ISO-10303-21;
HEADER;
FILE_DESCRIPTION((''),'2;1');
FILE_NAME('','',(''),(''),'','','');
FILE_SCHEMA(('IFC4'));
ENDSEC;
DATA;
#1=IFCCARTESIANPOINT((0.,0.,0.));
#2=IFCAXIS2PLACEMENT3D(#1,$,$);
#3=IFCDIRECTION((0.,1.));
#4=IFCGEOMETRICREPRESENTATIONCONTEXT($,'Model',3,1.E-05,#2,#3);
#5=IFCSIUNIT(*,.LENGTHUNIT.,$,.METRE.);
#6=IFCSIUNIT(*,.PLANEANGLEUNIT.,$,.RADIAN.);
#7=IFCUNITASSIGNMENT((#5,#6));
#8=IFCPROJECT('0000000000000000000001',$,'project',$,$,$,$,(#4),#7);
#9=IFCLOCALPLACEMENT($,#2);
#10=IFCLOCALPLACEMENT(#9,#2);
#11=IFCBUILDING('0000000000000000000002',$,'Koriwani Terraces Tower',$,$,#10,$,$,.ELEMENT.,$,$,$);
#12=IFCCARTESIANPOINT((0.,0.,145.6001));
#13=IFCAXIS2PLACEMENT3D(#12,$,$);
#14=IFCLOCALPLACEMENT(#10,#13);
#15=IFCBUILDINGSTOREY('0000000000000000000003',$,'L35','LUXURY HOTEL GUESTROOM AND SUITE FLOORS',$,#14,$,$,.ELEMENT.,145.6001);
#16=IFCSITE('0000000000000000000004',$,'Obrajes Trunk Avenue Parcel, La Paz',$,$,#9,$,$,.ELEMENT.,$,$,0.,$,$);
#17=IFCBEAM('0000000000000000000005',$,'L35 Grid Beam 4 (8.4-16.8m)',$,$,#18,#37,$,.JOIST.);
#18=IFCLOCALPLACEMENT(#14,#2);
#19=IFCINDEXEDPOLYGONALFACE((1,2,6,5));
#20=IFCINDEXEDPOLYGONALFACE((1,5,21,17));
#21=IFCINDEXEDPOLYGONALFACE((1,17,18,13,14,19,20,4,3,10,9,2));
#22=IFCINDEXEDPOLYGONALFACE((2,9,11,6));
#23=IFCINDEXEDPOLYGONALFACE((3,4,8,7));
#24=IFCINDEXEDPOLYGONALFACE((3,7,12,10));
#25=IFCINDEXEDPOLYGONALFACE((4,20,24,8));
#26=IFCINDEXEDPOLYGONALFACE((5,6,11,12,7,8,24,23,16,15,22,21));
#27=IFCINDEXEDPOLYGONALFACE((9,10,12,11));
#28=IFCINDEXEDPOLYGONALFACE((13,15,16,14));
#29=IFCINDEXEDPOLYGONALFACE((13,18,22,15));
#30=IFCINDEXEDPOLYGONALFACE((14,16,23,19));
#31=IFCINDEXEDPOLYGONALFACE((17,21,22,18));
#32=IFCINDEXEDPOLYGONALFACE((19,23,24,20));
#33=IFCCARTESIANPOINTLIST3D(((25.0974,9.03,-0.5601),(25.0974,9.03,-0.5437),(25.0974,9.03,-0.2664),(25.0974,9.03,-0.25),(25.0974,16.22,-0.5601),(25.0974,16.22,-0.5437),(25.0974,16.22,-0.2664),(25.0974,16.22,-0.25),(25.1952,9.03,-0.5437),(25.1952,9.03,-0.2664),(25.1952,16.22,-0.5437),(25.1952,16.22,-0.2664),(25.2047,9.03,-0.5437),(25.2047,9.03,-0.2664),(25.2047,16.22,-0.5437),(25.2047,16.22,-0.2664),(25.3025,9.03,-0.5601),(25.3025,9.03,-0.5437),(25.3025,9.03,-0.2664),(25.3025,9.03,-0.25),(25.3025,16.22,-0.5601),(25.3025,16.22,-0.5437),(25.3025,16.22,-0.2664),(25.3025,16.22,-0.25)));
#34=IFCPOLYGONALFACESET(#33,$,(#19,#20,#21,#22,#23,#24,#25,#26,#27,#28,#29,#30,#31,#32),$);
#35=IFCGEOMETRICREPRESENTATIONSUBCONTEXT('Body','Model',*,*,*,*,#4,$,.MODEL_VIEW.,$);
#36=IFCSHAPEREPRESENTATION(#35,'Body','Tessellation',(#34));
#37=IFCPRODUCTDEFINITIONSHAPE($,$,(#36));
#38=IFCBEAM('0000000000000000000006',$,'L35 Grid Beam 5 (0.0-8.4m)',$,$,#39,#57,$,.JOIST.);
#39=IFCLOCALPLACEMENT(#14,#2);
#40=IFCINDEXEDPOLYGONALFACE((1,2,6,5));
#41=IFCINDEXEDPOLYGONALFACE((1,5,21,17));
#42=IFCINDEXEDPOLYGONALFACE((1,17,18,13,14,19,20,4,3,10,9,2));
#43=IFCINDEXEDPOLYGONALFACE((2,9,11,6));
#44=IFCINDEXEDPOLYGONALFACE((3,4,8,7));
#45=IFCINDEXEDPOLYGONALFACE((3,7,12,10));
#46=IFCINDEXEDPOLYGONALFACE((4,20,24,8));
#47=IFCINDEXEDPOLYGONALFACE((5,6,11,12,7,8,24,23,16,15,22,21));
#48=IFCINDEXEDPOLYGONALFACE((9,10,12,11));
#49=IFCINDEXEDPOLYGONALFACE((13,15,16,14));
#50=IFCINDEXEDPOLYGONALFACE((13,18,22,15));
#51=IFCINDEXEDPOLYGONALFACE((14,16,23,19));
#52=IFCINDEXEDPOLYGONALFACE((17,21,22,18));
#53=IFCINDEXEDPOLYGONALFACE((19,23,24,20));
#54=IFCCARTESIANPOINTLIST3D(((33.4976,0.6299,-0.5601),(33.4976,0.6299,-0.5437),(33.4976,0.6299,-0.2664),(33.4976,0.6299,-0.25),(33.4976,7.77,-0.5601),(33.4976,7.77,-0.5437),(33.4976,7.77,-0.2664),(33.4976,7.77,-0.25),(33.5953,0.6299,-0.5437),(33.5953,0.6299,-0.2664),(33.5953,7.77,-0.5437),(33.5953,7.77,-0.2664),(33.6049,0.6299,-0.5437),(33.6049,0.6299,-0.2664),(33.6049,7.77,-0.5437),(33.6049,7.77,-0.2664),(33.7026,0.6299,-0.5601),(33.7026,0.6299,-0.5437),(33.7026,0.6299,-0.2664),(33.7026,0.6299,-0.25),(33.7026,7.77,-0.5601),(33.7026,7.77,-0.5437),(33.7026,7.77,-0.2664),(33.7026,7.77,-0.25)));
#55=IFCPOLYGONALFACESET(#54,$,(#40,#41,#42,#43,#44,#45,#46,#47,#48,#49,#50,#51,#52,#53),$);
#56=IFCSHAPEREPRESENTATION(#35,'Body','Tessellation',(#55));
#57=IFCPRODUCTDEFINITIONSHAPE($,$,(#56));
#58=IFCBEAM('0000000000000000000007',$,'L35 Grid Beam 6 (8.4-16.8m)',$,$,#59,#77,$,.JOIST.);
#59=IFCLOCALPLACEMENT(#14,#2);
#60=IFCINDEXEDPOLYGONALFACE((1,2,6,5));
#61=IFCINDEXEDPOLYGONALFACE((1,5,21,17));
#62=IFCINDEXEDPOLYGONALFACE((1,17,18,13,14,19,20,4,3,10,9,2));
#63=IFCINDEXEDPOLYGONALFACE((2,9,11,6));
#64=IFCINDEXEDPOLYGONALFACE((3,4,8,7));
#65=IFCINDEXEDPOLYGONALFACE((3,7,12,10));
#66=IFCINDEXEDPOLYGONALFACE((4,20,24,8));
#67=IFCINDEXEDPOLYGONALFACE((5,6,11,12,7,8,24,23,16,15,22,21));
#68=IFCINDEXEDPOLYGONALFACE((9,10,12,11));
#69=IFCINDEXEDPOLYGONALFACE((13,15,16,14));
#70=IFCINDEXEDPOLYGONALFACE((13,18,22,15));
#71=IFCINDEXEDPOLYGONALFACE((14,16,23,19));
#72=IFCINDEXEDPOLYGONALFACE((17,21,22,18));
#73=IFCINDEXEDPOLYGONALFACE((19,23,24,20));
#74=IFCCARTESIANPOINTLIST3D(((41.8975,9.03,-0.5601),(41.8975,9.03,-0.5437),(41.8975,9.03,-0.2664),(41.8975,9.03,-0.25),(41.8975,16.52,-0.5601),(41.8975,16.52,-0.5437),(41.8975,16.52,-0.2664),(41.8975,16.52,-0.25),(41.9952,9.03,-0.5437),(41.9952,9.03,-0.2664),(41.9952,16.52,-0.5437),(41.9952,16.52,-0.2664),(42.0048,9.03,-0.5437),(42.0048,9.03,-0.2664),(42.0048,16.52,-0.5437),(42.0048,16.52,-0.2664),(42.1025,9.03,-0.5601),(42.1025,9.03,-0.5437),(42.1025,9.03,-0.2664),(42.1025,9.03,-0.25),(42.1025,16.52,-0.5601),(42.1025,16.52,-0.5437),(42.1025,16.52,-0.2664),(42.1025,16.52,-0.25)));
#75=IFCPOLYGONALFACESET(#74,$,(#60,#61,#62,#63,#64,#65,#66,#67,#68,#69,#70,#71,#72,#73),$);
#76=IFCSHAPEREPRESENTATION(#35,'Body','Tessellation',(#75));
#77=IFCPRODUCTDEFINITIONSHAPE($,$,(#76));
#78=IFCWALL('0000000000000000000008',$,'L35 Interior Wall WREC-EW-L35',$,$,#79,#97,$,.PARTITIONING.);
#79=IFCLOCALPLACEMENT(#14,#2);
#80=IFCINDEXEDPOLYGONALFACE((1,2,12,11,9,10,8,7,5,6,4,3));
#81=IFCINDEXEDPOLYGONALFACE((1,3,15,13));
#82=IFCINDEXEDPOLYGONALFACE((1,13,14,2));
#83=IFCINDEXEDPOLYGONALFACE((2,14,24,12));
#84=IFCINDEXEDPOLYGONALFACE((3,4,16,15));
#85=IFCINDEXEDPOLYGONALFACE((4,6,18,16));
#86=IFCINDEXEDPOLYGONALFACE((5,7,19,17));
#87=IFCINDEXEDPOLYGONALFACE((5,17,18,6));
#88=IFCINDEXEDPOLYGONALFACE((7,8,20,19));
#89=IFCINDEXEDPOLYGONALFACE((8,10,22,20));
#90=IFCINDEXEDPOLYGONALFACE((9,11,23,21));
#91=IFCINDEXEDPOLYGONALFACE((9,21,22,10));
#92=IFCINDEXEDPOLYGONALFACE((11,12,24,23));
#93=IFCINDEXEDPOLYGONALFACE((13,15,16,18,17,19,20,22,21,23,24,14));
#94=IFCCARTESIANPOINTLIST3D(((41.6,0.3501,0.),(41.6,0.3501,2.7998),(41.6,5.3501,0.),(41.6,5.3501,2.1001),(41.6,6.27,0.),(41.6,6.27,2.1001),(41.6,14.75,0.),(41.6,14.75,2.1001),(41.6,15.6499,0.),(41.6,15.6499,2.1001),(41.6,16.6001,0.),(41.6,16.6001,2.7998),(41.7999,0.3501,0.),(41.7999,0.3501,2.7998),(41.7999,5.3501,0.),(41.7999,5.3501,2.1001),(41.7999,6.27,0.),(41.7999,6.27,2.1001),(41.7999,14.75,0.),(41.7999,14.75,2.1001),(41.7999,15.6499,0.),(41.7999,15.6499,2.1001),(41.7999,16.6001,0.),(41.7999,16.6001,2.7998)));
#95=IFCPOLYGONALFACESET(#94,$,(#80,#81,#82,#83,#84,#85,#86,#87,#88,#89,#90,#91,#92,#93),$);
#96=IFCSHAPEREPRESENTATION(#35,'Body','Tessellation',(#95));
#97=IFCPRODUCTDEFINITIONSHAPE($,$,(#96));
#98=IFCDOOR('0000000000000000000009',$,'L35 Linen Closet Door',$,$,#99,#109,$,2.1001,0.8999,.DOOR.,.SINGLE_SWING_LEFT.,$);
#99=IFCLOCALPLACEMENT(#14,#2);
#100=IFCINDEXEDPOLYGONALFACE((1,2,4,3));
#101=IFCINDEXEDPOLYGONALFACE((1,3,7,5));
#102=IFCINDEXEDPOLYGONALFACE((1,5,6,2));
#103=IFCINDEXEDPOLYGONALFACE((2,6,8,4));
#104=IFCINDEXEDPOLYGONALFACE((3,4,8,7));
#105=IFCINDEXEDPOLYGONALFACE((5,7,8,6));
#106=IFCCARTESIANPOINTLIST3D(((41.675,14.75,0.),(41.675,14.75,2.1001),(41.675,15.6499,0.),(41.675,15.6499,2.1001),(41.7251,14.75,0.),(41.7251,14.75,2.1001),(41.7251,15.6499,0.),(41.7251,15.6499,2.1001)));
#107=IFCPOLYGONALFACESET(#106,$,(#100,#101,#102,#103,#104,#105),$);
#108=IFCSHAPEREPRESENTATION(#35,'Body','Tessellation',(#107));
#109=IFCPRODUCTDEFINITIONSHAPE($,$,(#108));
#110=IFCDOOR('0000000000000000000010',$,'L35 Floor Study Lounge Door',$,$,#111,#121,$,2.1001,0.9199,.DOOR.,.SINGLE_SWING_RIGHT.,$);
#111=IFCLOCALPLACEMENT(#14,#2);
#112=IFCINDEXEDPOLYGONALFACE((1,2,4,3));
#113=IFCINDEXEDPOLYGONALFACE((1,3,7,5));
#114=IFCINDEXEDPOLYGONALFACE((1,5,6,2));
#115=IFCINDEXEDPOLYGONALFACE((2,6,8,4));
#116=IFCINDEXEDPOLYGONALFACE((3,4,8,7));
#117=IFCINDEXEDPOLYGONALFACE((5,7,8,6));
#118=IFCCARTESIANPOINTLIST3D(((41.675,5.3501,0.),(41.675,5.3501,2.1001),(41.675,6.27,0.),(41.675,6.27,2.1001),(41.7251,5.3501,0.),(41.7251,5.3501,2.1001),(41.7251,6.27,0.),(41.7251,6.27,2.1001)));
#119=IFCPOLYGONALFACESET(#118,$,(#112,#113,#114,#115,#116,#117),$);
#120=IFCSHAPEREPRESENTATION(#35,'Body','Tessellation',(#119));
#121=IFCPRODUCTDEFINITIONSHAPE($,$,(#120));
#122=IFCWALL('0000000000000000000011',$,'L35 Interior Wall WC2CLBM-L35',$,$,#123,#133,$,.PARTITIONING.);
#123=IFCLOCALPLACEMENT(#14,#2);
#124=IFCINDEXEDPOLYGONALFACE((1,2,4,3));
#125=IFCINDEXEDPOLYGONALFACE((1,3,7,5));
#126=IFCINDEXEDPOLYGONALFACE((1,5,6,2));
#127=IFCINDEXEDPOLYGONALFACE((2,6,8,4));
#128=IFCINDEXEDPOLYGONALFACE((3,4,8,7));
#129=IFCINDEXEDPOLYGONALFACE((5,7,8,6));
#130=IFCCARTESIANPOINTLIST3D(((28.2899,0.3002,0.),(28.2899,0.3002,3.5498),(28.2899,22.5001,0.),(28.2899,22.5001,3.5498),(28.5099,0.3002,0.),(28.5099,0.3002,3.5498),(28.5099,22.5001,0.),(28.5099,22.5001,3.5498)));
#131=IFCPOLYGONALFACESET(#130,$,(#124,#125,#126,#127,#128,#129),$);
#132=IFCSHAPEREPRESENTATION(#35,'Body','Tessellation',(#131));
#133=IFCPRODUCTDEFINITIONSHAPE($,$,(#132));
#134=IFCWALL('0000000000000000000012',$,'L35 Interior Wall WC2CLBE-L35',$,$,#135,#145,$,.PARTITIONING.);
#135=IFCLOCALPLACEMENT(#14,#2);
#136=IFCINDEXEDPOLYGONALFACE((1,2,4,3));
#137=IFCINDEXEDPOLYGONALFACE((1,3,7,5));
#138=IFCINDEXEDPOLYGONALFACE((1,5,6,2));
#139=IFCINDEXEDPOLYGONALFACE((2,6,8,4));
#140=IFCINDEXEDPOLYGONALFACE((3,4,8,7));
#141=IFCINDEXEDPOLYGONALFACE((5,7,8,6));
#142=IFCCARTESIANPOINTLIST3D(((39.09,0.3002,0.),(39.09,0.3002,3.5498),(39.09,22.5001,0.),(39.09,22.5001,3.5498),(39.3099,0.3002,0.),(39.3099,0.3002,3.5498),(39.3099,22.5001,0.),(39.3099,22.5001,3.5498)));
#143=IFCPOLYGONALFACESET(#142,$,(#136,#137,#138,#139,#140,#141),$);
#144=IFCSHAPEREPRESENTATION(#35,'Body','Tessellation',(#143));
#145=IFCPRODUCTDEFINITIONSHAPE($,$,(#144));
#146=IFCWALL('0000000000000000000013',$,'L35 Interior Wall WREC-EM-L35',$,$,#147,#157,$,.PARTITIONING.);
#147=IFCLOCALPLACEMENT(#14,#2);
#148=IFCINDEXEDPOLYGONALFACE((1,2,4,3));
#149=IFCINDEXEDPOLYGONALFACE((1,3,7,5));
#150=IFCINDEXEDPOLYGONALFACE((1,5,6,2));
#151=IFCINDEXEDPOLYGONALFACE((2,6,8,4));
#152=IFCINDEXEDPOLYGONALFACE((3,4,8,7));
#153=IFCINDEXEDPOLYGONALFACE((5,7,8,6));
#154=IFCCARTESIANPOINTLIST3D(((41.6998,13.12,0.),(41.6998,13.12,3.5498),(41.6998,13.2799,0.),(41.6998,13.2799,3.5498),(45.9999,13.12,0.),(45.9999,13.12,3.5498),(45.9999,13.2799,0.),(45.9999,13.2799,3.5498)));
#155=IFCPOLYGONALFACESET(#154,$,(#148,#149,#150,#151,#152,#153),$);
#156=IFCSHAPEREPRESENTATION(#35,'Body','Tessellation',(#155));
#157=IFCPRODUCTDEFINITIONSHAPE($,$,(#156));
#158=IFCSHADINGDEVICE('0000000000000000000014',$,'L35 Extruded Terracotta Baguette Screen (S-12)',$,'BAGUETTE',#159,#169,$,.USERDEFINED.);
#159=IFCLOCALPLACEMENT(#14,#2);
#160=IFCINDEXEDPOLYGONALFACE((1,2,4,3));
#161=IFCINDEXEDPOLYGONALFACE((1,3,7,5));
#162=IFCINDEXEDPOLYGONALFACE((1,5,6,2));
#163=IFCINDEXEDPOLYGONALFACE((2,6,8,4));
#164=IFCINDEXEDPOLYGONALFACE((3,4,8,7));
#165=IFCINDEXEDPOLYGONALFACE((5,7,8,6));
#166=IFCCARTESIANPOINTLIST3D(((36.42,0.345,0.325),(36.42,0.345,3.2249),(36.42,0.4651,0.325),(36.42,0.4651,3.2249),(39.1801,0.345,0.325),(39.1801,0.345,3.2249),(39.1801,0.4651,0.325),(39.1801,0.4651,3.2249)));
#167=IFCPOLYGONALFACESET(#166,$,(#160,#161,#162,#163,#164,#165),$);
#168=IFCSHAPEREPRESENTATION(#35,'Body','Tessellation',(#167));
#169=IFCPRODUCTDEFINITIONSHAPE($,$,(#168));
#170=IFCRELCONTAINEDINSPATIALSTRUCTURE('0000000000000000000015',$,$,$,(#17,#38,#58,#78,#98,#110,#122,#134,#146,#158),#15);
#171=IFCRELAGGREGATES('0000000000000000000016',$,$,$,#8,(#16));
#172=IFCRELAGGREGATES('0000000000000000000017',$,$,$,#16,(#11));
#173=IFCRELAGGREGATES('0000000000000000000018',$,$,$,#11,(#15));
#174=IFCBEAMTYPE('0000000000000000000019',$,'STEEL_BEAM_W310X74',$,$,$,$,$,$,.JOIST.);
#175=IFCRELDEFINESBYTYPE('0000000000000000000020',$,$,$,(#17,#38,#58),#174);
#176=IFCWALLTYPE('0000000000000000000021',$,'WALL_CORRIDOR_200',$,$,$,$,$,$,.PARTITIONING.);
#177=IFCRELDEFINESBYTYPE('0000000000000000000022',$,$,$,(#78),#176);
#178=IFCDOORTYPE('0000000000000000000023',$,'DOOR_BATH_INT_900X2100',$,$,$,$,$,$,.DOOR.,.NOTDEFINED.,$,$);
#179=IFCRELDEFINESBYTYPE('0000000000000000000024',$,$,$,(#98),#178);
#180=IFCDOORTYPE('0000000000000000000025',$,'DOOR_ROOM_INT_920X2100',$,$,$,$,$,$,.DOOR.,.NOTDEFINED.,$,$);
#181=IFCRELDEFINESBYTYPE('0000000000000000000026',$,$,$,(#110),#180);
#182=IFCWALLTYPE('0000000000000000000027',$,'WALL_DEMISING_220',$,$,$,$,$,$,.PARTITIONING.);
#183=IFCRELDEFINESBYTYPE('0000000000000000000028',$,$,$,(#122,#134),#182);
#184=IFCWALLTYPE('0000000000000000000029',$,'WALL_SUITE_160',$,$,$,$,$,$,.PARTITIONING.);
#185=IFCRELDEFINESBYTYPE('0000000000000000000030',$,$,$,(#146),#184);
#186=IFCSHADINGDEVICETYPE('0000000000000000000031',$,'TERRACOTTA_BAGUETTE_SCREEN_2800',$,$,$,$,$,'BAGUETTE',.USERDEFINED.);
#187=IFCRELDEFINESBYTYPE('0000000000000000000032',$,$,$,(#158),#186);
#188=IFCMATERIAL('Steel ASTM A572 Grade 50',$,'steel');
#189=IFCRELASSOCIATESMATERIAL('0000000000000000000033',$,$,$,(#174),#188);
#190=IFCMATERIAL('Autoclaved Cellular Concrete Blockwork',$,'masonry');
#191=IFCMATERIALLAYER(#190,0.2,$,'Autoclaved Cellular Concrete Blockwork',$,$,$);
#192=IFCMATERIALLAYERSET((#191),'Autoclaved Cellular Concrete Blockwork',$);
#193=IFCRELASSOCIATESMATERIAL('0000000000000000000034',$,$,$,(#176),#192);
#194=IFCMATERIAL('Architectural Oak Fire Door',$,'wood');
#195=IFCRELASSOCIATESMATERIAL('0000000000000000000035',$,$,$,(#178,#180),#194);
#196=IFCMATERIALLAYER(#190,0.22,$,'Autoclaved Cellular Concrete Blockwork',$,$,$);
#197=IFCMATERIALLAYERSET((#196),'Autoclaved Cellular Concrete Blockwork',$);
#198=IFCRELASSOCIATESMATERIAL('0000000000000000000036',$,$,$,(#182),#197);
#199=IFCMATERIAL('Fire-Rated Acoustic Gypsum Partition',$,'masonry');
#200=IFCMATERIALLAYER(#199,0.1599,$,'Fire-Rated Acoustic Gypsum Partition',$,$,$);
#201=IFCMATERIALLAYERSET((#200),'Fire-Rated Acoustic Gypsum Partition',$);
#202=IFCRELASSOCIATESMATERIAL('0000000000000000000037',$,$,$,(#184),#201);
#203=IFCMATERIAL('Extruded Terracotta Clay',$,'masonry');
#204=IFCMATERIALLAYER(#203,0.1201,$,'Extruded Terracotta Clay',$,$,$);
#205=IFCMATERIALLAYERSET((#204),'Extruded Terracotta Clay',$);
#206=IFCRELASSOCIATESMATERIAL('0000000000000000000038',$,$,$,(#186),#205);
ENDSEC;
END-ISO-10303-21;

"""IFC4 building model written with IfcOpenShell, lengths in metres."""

from ifc_helpers import new_model, si_unit, direction, frame, frame_2d, origin, origin_2d, place, context, subcontext, project, spatial, rectangle, i_section, extrude, material, layer, layer_set, material_profile, profile_set, type_object, element, fill, save


model = new_model("IFC4")

# Units and contexts
model_context = context("Model", 3, precision=1e-05, world=origin(), true_north=direction((0.0, 1.0)))
body_context = subcontext(model_context, "Body", "Model", "MODEL_VIEW")
ifc_project = project(units=[si_unit("LENGTHUNIT", "METRE"), si_unit("PLANEANGLEUNIT", "RADIAN")], contexts=[model_context])

# Site, building, storey
site_placement = place(None, origin())
site = spatial("IfcSite", under=ifc_project, at=site_placement, Name="Obrajes Trunk Avenue Parcel, La Paz", CompositionType="ELEMENT", RefElevation=0.0)
building_placement = place(site_placement, origin())
building = spatial("IfcBuilding", under=site, at=building_placement, Name="Koriwani Terraces Tower", CompositionType="ELEMENT")
storey_placement = place(building_placement, frame((0.0, 0.0, 145.6001)))
storey = spatial("IfcBuildingStorey", under=building, at=storey_placement, Name="L35", Description="LUXURY HOTEL GUESTROOM AND SUITE FLOORS", CompositionType="ELEMENT", Elevation=145.6001)

# Beams
ifc_material_1 = material(Name="Steel ASTM A572 Grade 50", Category="steel")
ifc_material_profile_1 = material_profile(ifc_material_1, i_section(OverallWidth=0.2051, OverallDepth=0.3101, WebThickness=0.0095, FlangeThickness=0.0164, at=origin_2d()), Name="Steel ASTM A572 Grade 50", Category="LoadBearing")
ifc_profile_set_1 = profile_set([ifc_material_profile_1], Name="Steel ASTM A572 Grade 50")
beam_type_1 = type_object("IfcBeamType", Name="STEEL_BEAM_W310X74", PredefinedType="JOIST", material=ifc_profile_set_1)
beam_1_placement = place(storey_placement, frame((25.2, 9.03, -0.405), z_axis=(0.0, 1.0, 0.0), x_axis=(-1.0, 0.0, 0.0)))
element("IfcBeam", 1, at=beam_1_placement, inside=storey, type_object=beam_type_1, Name="L35 Grid Beam 4 (8.4-16.8m)", PredefinedType="JOIST", context=body_context, shape_type="SweptSolid", body=[
    extrude(i_section(OverallWidth=0.2051, OverallDepth=0.3101, WebThickness=0.0095, FlangeThickness=0.0164, at=origin_2d()), origin(), (0.0, 0.0, 1.0), 7.1899),
])
beam_2_placement = place(storey_placement, frame((33.6001, 0.6299, -0.405), z_axis=(0.0, 1.0, 0.0), x_axis=(-1.0, 0.0, 0.0)))
element("IfcBeam", 2, at=beam_2_placement, inside=storey, type_object=beam_type_1, Name="L35 Grid Beam 5 (0.0-8.4m)", PredefinedType="JOIST", context=body_context, shape_type="SweptSolid", body=[
    extrude(i_section(OverallWidth=0.2051, OverallDepth=0.3101, WebThickness=0.0095, FlangeThickness=0.0164, at=origin_2d()), origin(), (0.0, 0.0, 1.0), 7.1401),
])
beam_3_placement = place(storey_placement, frame((42.0, 9.03, -0.405), z_axis=(0.0, 1.0, 0.0), x_axis=(-1.0, 0.0, 0.0)))
element("IfcBeam", 3, at=beam_3_placement, inside=storey, type_object=beam_type_1, Name="L35 Grid Beam 6 (8.4-16.8m)", PredefinedType="JOIST", context=body_context, shape_type="SweptSolid", body=[
    extrude(i_section(OverallWidth=0.2051, OverallDepth=0.3101, WebThickness=0.0095, FlangeThickness=0.0164, at=origin_2d()), origin(), (0.0, 0.0, 1.0), 7.49),
])

# Wall, openings, doors
ifc_material_2 = material(Name="Autoclaved Cellular Concrete Blockwork", Category="masonry")
ifc_layer_1 = layer(ifc_material_2, 0.2, Name="Autoclaved Cellular Concrete Blockwork")
ifc_layer_set_1 = layer_set([ifc_layer_1], Name="Autoclaved Cellular Concrete Blockwork")
wall_type_1 = type_object("IfcWallType", Name="WALL_CORRIDOR_200", PredefinedType="PARTITIONING", material=ifc_layer_set_1)
wall_1_placement = place(storey_placement, frame((41.7, 0.3501, 0.0), z_axis=(0.0, 0.0, 1.0), x_axis=(0.0, 1.0, 0.0)))
wall_1 = element("IfcWall", 4, at=wall_1_placement, inside=storey, type_object=wall_type_1, Name="L35 Interior Wall WREC-EW-L35", PredefinedType="PARTITIONING", context=body_context, shape_type="SweptSolid", body=[
    extrude(rectangle(XDim=16.25, YDim=0.2, at=frame_2d((8.125, 0.0))), origin(), (0.0, 0.0, 1.0), 2.7998),
])
opening_1_placement = place(wall_1_placement, frame((5.0, 0.0, 0.0)))
opening_1 = element("IfcOpeningElement", 5, at=opening_1_placement, cuts=wall_1, PredefinedType="OPENING", context=body_context, shape_type="SweptSolid", body=[
    extrude(rectangle(XDim=0.9199, YDim=2.1001, at=frame_2d((0.46, 1.05))), frame((0.0, 0.1099, 0.0), z_axis=(0.0, -1.0, 0.0), x_axis=(1.0, 0.0, 0.0)), (0.0, 0.0, 1.0), 0.22),
])
opening_2_placement = place(wall_1_placement, frame((14.3999, 0.0, 0.0)))
opening_2 = element("IfcOpeningElement", 6, at=opening_2_placement, cuts=wall_1, PredefinedType="OPENING", context=body_context, shape_type="SweptSolid", body=[
    extrude(rectangle(XDim=0.8999, YDim=2.1001, at=frame_2d((0.45, 1.05))), frame((0.0, 0.1099, 0.0), z_axis=(0.0, -1.0, 0.0), x_axis=(1.0, 0.0, 0.0)), (0.0, 0.0, 1.0), 0.22),
])
ifc_material_3 = material(Name="Architectural Oak Fire Door", Category="wood")
door_type_1 = type_object("IfcDoorType", Name="DOOR_BATH_INT_900X2100", OperationType="NOTDEFINED", PredefinedType="DOOR", material=ifc_material_3)
door_1_placement = place(opening_2_placement, origin())
door_1 = element("IfcDoor", 7, at=door_1_placement, inside=storey, type_object=door_type_1, Name="L35 Linen Closet Door", OperationType="SINGLE_SWING_LEFT", OverallHeight=2.1001, OverallWidth=0.8999, PredefinedType="DOOR", context=body_context, shape_type="SweptSolid", body=[
    extrude(rectangle(XDim=0.8999, YDim=2.1001, at=frame_2d((0.45, 1.05))), frame((0.0, 0.0249, 0.0), z_axis=(0.0, -1.0, 0.0), x_axis=(1.0, 0.0, 0.0)), (0.0, 0.0, 1.0), 0.05),
])
fill(opening_2, door_1)
door_type_2 = type_object("IfcDoorType", Name="DOOR_ROOM_INT_920X2100", OperationType="NOTDEFINED", PredefinedType="DOOR", material=ifc_material_3)
door_2_placement = place(opening_1_placement, origin())
door_2 = element("IfcDoor", 8, at=door_2_placement, inside=storey, type_object=door_type_2, Name="L35 Floor Study Lounge Door", OperationType="SINGLE_SWING_RIGHT", OverallHeight=2.1001, OverallWidth=0.9199, PredefinedType="DOOR", context=body_context, shape_type="SweptSolid", body=[
    extrude(rectangle(XDim=0.9199, YDim=2.1001, at=frame_2d((0.46, 1.05))), frame((0.0, 0.0249, 0.0), z_axis=(0.0, -1.0, 0.0), x_axis=(1.0, 0.0, 0.0)), (0.0, 0.0, 1.0), 0.05),
])
fill(opening_1, door_2)

# Walls
ifc_layer_2 = layer(ifc_material_2, 0.22, Name="Autoclaved Cellular Concrete Blockwork")
ifc_layer_set_2 = layer_set([ifc_layer_2], Name="Autoclaved Cellular Concrete Blockwork")
wall_type_2 = type_object("IfcWallType", Name="WALL_DEMISING_220", PredefinedType="PARTITIONING", material=ifc_layer_set_2)
for number, where, z_axis, x_axis, name in (
    (9, (28.3999, 0.3, 0.0), (0.0, 0.0, 1.0), (0.0, 1.0, 0.0), "L35 Interior Wall WC2CLBM-L35"),
    (10, (39.2, 0.3, 0.0), (0.0, 0.0, 1.0), (0.0, 1.0, 0.0), "L35 Interior Wall WC2CLBE-L35"),
):
    element("IfcWall", number, at=place(storey_placement, frame(where, z_axis=z_axis, x_axis=x_axis)), inside=storey, type_object=wall_type_2, Name=name, PredefinedType="PARTITIONING", context=body_context, shape_type="SweptSolid", body=[
        extrude(rectangle(XDim=22.2, YDim=0.22, at=frame_2d((11.1001, 0.0))), origin(), (0.0, 0.0, 1.0), 3.5498),
    ])
ifc_material_4 = material(Name="Fire-Rated Acoustic Gypsum Partition", Category="masonry")
ifc_layer_3 = layer(ifc_material_4, 0.1599, Name="Fire-Rated Acoustic Gypsum Partition")
ifc_layer_set_3 = layer_set([ifc_layer_3], Name="Fire-Rated Acoustic Gypsum Partition")
wall_type_3 = type_object("IfcWallType", Name="WALL_SUITE_160", PredefinedType="PARTITIONING", material=ifc_layer_set_3)
wall_2_placement = place(storey_placement, frame((41.7, 13.2, 0.0), z_axis=(0.0, 0.0, 1.0), x_axis=(1.0, 0.0, 0.0)))
element("IfcWall", 11, at=wall_2_placement, inside=storey, type_object=wall_type_3, Name="L35 Interior Wall WREC-EM-L35", PredefinedType="PARTITIONING", context=body_context, shape_type="SweptSolid", body=[
    extrude(rectangle(XDim=4.3, YDim=0.1599, at=frame_2d((2.1499, 0.0))), origin(), (0.0, 0.0, 1.0), 3.5498),
])

# Shading device
ifc_material_5 = material(Name="Extruded Terracotta Clay", Category="masonry")
ifc_layer_4 = layer(ifc_material_5, 0.1201, Name="Extruded Terracotta Clay")
ifc_layer_set_4 = layer_set([ifc_layer_4], Name="Extruded Terracotta Clay")
shading_device_type = type_object("IfcShadingDeviceType", Name="TERRACOTTA_BAGUETTE_SCREEN_2800", ElementType="BAGUETTE", PredefinedType="USERDEFINED", material=ifc_layer_set_4)
shading_device_placement = place(storey_placement, frame((37.8, 0.405, 0.325), z_axis=(0.0, 0.0, 1.0), x_axis=(-1.0, 0.0, 0.0)))
element("IfcShadingDevice", 12, at=shading_device_placement, inside=storey, type_object=shading_device_type, Name="L35 Extruded Terracotta Baguette Screen (S-12)", ObjectType="BAGUETTE", PredefinedType="USERDEFINED", context=body_context, shape_type="SweptSolid", body=[
    extrude(rectangle(XDim=2.76, YDim=0.1201, at=origin_2d()), origin(), (0.0, 0.0, 1.0), 2.8999),
])

save(model, "model.ifc")
